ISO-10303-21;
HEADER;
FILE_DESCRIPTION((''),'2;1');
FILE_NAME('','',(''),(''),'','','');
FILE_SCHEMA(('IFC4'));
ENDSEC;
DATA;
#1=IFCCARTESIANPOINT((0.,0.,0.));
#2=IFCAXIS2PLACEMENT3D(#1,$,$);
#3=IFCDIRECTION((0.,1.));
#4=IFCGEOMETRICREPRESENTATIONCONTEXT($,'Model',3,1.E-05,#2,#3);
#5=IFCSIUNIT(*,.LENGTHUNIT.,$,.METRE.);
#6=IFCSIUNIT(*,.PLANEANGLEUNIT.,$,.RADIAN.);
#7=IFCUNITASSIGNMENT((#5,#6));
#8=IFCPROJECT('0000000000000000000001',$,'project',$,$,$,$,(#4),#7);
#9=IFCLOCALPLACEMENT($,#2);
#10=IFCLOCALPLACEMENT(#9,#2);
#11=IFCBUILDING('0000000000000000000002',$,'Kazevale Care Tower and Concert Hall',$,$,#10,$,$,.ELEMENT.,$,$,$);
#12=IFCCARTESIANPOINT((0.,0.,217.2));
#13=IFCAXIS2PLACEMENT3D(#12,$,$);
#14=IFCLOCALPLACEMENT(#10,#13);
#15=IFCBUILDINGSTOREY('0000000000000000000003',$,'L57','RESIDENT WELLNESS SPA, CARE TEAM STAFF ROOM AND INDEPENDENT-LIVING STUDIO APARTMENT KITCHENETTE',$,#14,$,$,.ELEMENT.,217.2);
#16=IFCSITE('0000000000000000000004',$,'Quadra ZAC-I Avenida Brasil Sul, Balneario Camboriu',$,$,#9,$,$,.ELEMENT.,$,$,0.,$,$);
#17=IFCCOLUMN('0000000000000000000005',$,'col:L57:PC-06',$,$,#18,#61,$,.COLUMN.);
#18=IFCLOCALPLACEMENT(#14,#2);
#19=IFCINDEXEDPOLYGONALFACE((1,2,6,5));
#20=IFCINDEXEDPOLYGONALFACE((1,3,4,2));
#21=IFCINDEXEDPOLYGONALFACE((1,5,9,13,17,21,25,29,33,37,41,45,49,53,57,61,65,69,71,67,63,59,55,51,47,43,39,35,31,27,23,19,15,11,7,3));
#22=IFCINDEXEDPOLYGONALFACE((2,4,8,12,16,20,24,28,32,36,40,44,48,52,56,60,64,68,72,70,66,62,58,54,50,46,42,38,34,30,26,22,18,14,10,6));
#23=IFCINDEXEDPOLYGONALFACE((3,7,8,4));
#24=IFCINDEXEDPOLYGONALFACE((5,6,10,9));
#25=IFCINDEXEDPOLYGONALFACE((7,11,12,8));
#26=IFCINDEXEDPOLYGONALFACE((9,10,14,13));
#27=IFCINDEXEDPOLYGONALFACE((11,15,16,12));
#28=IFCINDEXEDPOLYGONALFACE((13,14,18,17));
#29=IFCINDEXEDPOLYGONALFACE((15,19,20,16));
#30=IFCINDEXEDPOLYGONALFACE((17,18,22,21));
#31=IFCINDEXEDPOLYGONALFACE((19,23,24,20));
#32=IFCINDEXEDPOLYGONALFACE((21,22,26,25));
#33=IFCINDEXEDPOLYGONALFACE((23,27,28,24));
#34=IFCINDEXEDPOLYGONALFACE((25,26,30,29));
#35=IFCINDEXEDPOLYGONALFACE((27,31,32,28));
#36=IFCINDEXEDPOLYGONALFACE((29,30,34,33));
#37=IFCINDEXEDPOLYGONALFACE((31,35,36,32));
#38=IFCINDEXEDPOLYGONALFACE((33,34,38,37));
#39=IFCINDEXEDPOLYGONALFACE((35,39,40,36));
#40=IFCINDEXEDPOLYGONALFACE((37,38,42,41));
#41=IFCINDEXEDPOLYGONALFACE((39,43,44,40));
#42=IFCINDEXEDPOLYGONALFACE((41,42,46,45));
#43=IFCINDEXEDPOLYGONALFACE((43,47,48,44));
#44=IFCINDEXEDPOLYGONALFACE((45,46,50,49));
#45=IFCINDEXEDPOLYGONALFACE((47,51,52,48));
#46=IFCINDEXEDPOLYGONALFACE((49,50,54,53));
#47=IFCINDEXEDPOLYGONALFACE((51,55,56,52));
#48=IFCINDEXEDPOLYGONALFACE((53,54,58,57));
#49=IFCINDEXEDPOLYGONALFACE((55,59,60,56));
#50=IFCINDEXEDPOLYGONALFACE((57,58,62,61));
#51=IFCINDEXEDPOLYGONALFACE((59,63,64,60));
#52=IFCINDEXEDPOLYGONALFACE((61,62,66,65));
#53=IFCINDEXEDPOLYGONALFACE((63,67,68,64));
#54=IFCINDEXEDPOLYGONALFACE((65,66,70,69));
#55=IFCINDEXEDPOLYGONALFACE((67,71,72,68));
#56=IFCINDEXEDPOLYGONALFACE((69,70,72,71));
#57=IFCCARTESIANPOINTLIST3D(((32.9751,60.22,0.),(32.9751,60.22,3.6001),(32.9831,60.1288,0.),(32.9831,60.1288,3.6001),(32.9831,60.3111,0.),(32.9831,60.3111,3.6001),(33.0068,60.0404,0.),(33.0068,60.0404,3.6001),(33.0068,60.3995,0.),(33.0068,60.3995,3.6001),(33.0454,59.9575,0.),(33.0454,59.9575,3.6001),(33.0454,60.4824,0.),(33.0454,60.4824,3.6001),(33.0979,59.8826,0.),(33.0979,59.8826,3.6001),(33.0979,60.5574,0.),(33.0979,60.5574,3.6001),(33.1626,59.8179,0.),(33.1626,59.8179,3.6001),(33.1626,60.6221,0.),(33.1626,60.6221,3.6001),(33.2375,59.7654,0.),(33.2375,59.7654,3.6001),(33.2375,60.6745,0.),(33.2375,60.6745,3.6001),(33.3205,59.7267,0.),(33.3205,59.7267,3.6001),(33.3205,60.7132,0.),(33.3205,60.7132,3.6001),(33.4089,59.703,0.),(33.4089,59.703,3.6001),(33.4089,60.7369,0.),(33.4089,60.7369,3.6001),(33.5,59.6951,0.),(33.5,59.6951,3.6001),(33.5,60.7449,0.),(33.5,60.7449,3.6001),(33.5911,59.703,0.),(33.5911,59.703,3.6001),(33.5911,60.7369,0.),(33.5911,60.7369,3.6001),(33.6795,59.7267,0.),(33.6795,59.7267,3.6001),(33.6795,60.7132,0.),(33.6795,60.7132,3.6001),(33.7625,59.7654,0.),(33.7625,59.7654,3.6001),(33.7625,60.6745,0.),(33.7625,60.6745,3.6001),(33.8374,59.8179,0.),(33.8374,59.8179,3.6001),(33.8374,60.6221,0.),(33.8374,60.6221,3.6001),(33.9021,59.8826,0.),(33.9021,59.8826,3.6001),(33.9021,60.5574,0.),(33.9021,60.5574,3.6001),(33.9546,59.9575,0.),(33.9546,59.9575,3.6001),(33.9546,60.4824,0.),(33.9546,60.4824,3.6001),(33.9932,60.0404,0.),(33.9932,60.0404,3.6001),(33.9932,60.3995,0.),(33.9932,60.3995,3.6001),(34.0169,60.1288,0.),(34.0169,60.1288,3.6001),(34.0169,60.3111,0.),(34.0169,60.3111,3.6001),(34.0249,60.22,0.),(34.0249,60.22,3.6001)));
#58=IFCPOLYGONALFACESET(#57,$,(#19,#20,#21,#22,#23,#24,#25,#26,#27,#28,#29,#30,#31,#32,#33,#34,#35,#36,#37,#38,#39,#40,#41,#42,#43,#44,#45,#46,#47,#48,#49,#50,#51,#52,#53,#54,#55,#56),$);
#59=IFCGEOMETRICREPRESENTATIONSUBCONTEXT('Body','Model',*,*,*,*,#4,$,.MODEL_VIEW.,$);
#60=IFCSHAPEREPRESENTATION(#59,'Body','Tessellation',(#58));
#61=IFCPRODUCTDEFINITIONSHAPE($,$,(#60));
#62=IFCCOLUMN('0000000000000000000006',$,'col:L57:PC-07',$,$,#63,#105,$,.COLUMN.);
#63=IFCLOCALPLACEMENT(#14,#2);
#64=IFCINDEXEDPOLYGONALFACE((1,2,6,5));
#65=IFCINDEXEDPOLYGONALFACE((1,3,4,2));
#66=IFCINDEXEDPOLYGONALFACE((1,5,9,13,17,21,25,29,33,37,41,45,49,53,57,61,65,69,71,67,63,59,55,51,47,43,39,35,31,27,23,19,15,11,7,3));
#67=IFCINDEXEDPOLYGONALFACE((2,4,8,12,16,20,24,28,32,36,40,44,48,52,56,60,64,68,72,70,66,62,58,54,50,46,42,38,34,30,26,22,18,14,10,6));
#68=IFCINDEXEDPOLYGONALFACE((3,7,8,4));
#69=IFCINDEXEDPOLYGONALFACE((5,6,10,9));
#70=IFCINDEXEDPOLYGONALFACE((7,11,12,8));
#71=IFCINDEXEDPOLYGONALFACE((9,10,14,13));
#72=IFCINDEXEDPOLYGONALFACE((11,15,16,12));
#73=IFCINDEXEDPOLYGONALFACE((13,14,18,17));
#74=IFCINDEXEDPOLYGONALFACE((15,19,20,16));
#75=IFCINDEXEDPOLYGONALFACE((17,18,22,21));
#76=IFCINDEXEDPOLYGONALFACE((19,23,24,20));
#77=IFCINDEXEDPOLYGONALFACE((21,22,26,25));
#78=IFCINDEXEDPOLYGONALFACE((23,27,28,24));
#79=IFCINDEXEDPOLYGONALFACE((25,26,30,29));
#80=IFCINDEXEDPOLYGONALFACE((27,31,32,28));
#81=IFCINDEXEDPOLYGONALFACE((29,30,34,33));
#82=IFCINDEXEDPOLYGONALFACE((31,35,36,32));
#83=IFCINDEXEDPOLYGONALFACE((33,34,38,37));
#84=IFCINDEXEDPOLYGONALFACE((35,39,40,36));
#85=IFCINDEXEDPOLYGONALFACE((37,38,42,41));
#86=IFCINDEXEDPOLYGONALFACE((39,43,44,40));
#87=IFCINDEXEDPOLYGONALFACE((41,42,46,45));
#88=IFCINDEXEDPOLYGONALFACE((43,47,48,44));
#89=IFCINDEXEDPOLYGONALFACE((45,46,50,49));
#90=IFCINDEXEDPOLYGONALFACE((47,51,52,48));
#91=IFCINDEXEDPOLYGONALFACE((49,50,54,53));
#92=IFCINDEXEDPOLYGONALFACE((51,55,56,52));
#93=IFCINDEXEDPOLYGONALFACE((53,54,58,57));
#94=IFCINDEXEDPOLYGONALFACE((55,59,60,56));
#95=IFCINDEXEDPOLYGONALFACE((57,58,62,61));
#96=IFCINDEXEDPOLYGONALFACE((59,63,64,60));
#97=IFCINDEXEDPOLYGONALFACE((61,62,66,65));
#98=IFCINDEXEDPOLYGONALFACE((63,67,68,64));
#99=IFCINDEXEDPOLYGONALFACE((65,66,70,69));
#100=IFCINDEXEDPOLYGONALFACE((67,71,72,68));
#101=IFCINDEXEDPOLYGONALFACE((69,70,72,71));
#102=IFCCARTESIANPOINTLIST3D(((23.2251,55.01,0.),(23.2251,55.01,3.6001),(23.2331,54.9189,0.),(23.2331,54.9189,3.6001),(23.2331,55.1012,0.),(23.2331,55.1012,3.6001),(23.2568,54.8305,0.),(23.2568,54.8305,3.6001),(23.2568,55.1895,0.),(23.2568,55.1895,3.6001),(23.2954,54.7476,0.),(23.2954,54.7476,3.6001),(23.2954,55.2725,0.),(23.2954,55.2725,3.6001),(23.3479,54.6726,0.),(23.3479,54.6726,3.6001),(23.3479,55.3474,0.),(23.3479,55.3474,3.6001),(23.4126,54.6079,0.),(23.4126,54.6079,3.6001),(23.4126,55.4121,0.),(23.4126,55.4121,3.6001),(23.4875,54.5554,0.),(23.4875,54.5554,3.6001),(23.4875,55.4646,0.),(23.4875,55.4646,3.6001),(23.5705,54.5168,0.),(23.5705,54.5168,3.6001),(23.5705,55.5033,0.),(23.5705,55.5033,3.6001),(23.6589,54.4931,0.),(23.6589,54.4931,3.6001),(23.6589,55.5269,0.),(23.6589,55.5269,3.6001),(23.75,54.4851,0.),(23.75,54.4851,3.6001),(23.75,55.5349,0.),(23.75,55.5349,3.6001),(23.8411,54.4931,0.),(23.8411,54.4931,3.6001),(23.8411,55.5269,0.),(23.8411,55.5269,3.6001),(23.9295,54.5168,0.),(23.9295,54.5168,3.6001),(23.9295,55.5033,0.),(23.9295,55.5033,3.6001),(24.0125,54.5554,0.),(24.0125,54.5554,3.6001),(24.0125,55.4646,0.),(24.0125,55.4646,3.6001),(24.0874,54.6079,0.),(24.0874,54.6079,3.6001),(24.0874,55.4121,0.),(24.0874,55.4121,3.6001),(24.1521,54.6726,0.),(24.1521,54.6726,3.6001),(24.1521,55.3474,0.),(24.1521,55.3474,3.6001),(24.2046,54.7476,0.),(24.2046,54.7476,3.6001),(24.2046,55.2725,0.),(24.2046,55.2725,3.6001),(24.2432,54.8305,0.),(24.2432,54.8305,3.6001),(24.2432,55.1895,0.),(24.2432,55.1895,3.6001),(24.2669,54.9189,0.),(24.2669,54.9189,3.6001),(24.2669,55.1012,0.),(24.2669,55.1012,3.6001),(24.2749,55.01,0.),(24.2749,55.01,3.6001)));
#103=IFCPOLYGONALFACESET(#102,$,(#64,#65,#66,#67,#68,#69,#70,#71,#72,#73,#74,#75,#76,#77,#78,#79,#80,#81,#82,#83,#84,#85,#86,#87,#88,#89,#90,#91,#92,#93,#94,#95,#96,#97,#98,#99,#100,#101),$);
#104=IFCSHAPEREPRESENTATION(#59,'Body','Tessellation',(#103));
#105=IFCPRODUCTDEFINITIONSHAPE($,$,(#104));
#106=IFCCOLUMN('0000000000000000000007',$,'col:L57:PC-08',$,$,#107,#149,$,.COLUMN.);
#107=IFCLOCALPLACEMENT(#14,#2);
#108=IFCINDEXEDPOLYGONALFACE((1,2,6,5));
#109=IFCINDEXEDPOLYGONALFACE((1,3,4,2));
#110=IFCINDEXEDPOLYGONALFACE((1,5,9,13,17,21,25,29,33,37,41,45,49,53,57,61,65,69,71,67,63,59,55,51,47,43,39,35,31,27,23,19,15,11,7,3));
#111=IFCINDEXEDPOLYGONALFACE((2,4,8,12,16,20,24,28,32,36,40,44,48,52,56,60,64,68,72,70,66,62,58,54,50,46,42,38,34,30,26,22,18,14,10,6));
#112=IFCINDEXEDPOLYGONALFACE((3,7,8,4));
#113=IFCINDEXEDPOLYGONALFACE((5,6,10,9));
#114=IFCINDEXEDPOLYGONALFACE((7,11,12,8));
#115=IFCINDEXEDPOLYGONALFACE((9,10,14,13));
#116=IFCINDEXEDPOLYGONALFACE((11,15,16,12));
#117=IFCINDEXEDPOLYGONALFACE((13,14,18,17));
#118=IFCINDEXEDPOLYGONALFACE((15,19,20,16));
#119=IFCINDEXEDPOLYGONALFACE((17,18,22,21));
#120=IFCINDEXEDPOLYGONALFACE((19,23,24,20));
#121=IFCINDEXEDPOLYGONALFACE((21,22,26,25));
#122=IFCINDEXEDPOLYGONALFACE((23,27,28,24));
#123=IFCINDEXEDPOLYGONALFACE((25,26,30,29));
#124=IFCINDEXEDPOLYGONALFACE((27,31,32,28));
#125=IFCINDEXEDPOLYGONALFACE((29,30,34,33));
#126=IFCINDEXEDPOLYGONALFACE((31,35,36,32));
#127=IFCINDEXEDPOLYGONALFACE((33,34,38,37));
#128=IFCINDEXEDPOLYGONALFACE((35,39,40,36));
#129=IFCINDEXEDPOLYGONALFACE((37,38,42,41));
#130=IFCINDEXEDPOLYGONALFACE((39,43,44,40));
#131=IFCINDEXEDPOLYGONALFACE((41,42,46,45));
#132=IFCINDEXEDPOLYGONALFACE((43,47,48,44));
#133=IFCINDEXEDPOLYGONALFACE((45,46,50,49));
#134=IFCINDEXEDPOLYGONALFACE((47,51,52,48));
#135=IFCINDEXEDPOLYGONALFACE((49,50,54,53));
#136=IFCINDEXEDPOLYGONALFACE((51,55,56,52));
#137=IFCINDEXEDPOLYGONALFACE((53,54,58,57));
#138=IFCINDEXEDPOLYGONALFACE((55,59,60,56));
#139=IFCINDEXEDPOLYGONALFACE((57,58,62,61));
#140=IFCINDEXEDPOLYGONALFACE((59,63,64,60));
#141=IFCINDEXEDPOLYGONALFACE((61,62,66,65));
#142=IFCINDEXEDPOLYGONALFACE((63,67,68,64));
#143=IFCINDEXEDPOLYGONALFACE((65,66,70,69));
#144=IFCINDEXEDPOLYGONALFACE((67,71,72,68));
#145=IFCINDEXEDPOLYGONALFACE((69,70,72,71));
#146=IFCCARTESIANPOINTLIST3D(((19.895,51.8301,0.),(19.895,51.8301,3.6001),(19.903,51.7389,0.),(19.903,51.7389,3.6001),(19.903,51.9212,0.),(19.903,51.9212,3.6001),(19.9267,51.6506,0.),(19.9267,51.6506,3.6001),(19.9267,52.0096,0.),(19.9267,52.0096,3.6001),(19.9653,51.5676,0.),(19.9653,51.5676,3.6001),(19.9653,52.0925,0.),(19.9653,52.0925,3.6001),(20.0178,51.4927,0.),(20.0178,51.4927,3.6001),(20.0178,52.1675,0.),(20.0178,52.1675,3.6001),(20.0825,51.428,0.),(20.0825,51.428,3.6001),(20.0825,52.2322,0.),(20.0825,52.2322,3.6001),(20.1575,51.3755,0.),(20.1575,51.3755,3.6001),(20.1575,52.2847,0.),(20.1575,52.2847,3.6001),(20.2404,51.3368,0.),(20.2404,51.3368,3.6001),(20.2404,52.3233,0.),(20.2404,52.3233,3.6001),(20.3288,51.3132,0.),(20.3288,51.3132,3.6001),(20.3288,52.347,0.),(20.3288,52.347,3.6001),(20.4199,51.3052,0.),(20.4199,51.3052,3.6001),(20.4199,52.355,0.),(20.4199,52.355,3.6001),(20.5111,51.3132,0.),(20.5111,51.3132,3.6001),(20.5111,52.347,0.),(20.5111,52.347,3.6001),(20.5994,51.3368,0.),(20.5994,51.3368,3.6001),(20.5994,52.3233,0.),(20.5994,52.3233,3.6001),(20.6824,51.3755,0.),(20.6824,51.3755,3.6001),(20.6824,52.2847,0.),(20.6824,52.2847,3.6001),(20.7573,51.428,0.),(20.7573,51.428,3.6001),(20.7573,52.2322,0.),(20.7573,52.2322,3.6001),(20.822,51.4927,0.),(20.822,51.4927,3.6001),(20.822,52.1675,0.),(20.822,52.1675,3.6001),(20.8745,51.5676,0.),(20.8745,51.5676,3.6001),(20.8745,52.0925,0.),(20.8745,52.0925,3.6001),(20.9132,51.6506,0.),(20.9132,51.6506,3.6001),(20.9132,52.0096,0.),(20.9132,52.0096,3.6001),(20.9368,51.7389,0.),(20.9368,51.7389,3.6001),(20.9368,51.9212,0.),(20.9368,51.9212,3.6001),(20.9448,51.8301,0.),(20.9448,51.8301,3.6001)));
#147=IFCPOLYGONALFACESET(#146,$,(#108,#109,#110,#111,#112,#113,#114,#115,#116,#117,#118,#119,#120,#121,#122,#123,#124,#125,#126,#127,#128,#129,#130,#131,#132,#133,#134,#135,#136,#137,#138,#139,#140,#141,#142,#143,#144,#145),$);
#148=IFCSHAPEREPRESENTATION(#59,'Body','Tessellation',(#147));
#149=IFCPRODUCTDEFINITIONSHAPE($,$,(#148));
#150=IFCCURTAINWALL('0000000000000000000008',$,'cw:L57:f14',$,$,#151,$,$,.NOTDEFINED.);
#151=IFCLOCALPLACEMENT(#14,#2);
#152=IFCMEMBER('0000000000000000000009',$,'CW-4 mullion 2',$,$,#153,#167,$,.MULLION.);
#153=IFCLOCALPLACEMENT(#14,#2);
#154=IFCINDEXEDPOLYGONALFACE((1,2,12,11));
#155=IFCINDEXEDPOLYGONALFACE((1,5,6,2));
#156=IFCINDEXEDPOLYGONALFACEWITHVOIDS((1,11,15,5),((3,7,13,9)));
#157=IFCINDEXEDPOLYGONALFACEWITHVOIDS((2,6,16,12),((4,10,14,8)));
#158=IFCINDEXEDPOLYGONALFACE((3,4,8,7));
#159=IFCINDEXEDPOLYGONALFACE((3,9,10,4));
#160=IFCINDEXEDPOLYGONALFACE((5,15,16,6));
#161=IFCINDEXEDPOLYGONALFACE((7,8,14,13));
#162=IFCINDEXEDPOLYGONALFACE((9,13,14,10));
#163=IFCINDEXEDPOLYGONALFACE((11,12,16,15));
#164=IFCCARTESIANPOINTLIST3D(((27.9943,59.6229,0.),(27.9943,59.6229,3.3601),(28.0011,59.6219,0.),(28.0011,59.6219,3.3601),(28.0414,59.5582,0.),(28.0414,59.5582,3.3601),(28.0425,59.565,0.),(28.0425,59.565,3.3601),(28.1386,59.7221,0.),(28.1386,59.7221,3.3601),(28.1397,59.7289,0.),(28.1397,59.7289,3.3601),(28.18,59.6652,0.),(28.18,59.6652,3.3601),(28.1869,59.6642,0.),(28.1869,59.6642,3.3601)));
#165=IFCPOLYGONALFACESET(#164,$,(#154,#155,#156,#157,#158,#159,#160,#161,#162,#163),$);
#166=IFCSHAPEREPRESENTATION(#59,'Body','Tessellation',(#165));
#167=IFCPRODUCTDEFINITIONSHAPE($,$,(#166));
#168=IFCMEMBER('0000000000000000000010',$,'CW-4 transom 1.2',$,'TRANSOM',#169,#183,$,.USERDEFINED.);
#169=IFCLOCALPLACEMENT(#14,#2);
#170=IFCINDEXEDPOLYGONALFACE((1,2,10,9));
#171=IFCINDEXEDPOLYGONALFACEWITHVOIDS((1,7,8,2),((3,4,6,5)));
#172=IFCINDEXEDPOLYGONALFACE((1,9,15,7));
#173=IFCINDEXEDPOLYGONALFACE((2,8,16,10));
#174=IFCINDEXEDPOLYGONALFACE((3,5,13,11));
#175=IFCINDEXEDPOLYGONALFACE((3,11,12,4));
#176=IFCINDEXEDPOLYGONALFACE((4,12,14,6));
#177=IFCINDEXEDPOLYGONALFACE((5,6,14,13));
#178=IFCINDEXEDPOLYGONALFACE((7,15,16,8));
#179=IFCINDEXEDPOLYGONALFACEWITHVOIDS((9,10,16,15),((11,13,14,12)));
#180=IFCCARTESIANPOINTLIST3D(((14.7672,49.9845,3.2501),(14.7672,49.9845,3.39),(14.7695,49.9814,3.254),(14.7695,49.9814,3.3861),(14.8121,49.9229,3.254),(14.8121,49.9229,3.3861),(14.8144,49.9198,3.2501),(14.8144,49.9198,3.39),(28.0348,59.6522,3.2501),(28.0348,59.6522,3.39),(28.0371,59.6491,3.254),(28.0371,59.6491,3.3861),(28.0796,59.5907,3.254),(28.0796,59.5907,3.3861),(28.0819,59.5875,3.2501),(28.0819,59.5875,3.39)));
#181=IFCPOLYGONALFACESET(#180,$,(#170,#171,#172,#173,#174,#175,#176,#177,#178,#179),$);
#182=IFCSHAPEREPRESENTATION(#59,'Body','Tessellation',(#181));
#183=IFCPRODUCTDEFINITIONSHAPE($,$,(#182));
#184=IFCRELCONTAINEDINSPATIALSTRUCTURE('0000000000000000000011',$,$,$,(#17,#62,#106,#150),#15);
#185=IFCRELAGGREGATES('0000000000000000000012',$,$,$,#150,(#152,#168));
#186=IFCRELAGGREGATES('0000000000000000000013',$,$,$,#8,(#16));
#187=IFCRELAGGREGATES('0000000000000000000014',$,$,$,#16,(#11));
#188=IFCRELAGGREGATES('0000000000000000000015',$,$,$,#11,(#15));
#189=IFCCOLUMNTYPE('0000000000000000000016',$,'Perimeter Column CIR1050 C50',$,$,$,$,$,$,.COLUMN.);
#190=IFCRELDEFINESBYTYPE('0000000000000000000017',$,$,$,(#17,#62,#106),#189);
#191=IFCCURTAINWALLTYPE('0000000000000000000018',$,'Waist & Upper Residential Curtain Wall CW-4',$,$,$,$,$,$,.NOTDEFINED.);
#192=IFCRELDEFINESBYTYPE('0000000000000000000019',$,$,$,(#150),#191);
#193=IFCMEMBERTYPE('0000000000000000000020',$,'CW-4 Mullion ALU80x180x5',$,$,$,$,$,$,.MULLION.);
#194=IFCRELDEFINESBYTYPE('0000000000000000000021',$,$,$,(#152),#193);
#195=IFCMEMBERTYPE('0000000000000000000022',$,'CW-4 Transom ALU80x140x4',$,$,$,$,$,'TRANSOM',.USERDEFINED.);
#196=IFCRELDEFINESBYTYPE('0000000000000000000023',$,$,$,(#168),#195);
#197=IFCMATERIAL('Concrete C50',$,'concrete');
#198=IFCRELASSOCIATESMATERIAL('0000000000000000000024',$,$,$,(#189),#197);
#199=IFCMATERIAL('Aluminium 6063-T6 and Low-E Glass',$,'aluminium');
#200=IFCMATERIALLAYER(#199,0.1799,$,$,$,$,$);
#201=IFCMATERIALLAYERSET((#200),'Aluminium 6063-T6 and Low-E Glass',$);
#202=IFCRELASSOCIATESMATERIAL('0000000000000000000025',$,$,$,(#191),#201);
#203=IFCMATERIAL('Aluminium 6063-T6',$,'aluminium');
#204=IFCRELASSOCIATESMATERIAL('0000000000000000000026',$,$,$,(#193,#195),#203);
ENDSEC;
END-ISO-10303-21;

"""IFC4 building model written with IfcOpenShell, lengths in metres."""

from ifc_helpers import new_model, si_unit, direction, frame, origin, origin_2d, place, context, subcontext, project, spatial, hollow_rectangle, circle, extrude, material, layer, layer_set, material_profile, profile_set, type_object, element, aggregate, save


model = new_model("IFC4")

# Units and contexts
model_context = context("Model", 3, precision=1e-05, world=origin(), true_north=direction((0.0, 1.0)))
body_context = subcontext(model_context, "Body", "Model", "MODEL_VIEW")
ifc_project = project(units=[si_unit("LENGTHUNIT", "METRE"), si_unit("PLANEANGLEUNIT", "RADIAN")], contexts=[model_context])

# Site, building, storey
site_placement = place(None, origin())
site = spatial("IfcSite", under=ifc_project, at=site_placement, Name="Quadra ZAC-I Avenida Brasil Sul, Balneario Camboriu", CompositionType="ELEMENT", RefElevation=0.0)
building_placement = place(site_placement, origin())
building = spatial("IfcBuilding", under=site, at=building_placement, Name="Kazevale Care Tower and Concert Hall", CompositionType="ELEMENT")
storey_placement = place(building_placement, frame((0.0, 0.0, 217.2)))
storey = spatial("IfcBuildingStorey", under=building, at=storey_placement, Name="L57", Description="RESIDENT WELLNESS SPA, CARE TEAM STAFF ROOM AND INDEPENDENT-LIVING STUDIO APARTMENT KITCHENETTE", CompositionType="ELEMENT", Elevation=217.2)

# Columns
ifc_material_1 = material(Name="Concrete C50", Category="concrete")
ifc_material_profile_1 = material_profile(ifc_material_1, circle(Radius=0.5249, at=origin_2d()), Name="RC-CIR1050")
ifc_profile_set_1 = profile_set([ifc_material_profile_1], Name="Concrete C50")
column_type = type_object("IfcColumnType", Name="Perimeter Column CIR1050 C50", PredefinedType="COLUMN", material=ifc_profile_set_1)
for number, where, z_axis, x_axis, name in (
    (1, (33.5, 60.22, 0.0), (0.0, 0.0, 1.0), (1.0, 0.0, 0.0), "col:L57:PC-06"),
    (2, (23.75, 55.01, 0.0), (0.0, 0.0, 1.0), (1.0, 0.0, 0.0), "col:L57:PC-07"),
    (3, (20.4199, 51.8301, 0.0), (0.0, 0.0, 1.0), (1.0, 0.0, 0.0), "col:L57:PC-08"),
):
    element("IfcColumn", number, at=place(storey_placement, frame(where, z_axis=z_axis, x_axis=x_axis)), inside=storey, type_object=column_type, Name=name, PredefinedType="COLUMN", context=body_context, shape_type="SweptSolid", body=[
        extrude(circle(Radius=0.5249, at=origin_2d()), origin(), (0.0, 0.0, 1.0), 3.6001),
    ])

# Curtain wall, members
ifc_material_2 = material(Name="Aluminium 6063-T6 and Low-E Glass", Category="aluminium")
ifc_layer_1 = layer(ifc_material_2, 0.1799)
ifc_layer_set_1 = layer_set([ifc_layer_1], Name="Aluminium 6063-T6 and Low-E Glass")
curtain_wall_type = type_object("IfcCurtainWallType", Name="Waist & Upper Residential Curtain Wall CW-4", PredefinedType="NOTDEFINED", material=ifc_layer_set_1)
curtain_wall_placement = place(storey_placement, origin())
curtain_wall = element("IfcCurtainWall", 4, at=curtain_wall_placement, inside=storey, type_object=curtain_wall_type, Name="cw:L57:f14", PredefinedType="NOTDEFINED")
ifc_material_3 = material(Name="Aluminium 6063-T6", Category="aluminium")
ifc_material_profile_2 = material_profile(ifc_material_3, hollow_rectangle(XDim=0.0801, YDim=0.1799, WallThickness=0.0049, at=origin_2d()), Name="ALU80x180x5")
ifc_profile_set_2 = profile_set([ifc_material_profile_2], Name="Aluminium 6063-T6")
member_type_1 = type_object("IfcMemberType", Name="CW-4 Mullion ALU80x180x5", PredefinedType="MULLION", material=ifc_profile_set_2)
member_1_placement = place(storey_placement, frame((28.0906, 59.6436, 0.0), z_axis=(0.0, 0.0, 1.0), x_axis=(-0.58891, 0.808198, 0.0)))
member_1 = element("IfcMember", 5, at=member_1_placement, type_object=member_type_1, Name="CW-4 mullion 2", PredefinedType="MULLION", context=body_context, shape_type="SweptSolid", body=[
    extrude(hollow_rectangle(XDim=0.0801, YDim=0.1799, WallThickness=0.0049, at=origin_2d()), origin(), (0.0, 0.0, 1.0), 3.3601),
])
ifc_material_profile_3 = material_profile(ifc_material_3, hollow_rectangle(XDim=0.0801, YDim=0.1399, WallThickness=0.0039, at=origin_2d()), Name="ALU80x140x4")
ifc_profile_set_3 = profile_set([ifc_material_profile_3], Name="Aluminium 6063-T6")
member_type_2 = type_object("IfcMemberType", Name="CW-4 Transom ALU80x140x4", ElementType="TRANSOM", PredefinedType="USERDEFINED", material=ifc_profile_set_3)
member_2_placement = place(storey_placement, frame((14.7908, 49.9521, 3.3201), z_axis=(0.808197, 0.588912, 0.0), x_axis=(-0.588912, 0.808197, 0.0)))
member_2 = element("IfcMember", 6, at=member_2_placement, type_object=member_type_2, Name="CW-4 transom 1.2", ObjectType="TRANSOM", PredefinedType="USERDEFINED", context=body_context, shape_type="SweptSolid", body=[
    extrude(hollow_rectangle(XDim=0.0801, YDim=0.1399, WallThickness=0.0039, at=origin_2d()), origin(), (0.0, 0.0, 1.0), 16.4163),
])

aggregate(curtain_wall, [member_1, member_2])

save(model, "model.ifc")
